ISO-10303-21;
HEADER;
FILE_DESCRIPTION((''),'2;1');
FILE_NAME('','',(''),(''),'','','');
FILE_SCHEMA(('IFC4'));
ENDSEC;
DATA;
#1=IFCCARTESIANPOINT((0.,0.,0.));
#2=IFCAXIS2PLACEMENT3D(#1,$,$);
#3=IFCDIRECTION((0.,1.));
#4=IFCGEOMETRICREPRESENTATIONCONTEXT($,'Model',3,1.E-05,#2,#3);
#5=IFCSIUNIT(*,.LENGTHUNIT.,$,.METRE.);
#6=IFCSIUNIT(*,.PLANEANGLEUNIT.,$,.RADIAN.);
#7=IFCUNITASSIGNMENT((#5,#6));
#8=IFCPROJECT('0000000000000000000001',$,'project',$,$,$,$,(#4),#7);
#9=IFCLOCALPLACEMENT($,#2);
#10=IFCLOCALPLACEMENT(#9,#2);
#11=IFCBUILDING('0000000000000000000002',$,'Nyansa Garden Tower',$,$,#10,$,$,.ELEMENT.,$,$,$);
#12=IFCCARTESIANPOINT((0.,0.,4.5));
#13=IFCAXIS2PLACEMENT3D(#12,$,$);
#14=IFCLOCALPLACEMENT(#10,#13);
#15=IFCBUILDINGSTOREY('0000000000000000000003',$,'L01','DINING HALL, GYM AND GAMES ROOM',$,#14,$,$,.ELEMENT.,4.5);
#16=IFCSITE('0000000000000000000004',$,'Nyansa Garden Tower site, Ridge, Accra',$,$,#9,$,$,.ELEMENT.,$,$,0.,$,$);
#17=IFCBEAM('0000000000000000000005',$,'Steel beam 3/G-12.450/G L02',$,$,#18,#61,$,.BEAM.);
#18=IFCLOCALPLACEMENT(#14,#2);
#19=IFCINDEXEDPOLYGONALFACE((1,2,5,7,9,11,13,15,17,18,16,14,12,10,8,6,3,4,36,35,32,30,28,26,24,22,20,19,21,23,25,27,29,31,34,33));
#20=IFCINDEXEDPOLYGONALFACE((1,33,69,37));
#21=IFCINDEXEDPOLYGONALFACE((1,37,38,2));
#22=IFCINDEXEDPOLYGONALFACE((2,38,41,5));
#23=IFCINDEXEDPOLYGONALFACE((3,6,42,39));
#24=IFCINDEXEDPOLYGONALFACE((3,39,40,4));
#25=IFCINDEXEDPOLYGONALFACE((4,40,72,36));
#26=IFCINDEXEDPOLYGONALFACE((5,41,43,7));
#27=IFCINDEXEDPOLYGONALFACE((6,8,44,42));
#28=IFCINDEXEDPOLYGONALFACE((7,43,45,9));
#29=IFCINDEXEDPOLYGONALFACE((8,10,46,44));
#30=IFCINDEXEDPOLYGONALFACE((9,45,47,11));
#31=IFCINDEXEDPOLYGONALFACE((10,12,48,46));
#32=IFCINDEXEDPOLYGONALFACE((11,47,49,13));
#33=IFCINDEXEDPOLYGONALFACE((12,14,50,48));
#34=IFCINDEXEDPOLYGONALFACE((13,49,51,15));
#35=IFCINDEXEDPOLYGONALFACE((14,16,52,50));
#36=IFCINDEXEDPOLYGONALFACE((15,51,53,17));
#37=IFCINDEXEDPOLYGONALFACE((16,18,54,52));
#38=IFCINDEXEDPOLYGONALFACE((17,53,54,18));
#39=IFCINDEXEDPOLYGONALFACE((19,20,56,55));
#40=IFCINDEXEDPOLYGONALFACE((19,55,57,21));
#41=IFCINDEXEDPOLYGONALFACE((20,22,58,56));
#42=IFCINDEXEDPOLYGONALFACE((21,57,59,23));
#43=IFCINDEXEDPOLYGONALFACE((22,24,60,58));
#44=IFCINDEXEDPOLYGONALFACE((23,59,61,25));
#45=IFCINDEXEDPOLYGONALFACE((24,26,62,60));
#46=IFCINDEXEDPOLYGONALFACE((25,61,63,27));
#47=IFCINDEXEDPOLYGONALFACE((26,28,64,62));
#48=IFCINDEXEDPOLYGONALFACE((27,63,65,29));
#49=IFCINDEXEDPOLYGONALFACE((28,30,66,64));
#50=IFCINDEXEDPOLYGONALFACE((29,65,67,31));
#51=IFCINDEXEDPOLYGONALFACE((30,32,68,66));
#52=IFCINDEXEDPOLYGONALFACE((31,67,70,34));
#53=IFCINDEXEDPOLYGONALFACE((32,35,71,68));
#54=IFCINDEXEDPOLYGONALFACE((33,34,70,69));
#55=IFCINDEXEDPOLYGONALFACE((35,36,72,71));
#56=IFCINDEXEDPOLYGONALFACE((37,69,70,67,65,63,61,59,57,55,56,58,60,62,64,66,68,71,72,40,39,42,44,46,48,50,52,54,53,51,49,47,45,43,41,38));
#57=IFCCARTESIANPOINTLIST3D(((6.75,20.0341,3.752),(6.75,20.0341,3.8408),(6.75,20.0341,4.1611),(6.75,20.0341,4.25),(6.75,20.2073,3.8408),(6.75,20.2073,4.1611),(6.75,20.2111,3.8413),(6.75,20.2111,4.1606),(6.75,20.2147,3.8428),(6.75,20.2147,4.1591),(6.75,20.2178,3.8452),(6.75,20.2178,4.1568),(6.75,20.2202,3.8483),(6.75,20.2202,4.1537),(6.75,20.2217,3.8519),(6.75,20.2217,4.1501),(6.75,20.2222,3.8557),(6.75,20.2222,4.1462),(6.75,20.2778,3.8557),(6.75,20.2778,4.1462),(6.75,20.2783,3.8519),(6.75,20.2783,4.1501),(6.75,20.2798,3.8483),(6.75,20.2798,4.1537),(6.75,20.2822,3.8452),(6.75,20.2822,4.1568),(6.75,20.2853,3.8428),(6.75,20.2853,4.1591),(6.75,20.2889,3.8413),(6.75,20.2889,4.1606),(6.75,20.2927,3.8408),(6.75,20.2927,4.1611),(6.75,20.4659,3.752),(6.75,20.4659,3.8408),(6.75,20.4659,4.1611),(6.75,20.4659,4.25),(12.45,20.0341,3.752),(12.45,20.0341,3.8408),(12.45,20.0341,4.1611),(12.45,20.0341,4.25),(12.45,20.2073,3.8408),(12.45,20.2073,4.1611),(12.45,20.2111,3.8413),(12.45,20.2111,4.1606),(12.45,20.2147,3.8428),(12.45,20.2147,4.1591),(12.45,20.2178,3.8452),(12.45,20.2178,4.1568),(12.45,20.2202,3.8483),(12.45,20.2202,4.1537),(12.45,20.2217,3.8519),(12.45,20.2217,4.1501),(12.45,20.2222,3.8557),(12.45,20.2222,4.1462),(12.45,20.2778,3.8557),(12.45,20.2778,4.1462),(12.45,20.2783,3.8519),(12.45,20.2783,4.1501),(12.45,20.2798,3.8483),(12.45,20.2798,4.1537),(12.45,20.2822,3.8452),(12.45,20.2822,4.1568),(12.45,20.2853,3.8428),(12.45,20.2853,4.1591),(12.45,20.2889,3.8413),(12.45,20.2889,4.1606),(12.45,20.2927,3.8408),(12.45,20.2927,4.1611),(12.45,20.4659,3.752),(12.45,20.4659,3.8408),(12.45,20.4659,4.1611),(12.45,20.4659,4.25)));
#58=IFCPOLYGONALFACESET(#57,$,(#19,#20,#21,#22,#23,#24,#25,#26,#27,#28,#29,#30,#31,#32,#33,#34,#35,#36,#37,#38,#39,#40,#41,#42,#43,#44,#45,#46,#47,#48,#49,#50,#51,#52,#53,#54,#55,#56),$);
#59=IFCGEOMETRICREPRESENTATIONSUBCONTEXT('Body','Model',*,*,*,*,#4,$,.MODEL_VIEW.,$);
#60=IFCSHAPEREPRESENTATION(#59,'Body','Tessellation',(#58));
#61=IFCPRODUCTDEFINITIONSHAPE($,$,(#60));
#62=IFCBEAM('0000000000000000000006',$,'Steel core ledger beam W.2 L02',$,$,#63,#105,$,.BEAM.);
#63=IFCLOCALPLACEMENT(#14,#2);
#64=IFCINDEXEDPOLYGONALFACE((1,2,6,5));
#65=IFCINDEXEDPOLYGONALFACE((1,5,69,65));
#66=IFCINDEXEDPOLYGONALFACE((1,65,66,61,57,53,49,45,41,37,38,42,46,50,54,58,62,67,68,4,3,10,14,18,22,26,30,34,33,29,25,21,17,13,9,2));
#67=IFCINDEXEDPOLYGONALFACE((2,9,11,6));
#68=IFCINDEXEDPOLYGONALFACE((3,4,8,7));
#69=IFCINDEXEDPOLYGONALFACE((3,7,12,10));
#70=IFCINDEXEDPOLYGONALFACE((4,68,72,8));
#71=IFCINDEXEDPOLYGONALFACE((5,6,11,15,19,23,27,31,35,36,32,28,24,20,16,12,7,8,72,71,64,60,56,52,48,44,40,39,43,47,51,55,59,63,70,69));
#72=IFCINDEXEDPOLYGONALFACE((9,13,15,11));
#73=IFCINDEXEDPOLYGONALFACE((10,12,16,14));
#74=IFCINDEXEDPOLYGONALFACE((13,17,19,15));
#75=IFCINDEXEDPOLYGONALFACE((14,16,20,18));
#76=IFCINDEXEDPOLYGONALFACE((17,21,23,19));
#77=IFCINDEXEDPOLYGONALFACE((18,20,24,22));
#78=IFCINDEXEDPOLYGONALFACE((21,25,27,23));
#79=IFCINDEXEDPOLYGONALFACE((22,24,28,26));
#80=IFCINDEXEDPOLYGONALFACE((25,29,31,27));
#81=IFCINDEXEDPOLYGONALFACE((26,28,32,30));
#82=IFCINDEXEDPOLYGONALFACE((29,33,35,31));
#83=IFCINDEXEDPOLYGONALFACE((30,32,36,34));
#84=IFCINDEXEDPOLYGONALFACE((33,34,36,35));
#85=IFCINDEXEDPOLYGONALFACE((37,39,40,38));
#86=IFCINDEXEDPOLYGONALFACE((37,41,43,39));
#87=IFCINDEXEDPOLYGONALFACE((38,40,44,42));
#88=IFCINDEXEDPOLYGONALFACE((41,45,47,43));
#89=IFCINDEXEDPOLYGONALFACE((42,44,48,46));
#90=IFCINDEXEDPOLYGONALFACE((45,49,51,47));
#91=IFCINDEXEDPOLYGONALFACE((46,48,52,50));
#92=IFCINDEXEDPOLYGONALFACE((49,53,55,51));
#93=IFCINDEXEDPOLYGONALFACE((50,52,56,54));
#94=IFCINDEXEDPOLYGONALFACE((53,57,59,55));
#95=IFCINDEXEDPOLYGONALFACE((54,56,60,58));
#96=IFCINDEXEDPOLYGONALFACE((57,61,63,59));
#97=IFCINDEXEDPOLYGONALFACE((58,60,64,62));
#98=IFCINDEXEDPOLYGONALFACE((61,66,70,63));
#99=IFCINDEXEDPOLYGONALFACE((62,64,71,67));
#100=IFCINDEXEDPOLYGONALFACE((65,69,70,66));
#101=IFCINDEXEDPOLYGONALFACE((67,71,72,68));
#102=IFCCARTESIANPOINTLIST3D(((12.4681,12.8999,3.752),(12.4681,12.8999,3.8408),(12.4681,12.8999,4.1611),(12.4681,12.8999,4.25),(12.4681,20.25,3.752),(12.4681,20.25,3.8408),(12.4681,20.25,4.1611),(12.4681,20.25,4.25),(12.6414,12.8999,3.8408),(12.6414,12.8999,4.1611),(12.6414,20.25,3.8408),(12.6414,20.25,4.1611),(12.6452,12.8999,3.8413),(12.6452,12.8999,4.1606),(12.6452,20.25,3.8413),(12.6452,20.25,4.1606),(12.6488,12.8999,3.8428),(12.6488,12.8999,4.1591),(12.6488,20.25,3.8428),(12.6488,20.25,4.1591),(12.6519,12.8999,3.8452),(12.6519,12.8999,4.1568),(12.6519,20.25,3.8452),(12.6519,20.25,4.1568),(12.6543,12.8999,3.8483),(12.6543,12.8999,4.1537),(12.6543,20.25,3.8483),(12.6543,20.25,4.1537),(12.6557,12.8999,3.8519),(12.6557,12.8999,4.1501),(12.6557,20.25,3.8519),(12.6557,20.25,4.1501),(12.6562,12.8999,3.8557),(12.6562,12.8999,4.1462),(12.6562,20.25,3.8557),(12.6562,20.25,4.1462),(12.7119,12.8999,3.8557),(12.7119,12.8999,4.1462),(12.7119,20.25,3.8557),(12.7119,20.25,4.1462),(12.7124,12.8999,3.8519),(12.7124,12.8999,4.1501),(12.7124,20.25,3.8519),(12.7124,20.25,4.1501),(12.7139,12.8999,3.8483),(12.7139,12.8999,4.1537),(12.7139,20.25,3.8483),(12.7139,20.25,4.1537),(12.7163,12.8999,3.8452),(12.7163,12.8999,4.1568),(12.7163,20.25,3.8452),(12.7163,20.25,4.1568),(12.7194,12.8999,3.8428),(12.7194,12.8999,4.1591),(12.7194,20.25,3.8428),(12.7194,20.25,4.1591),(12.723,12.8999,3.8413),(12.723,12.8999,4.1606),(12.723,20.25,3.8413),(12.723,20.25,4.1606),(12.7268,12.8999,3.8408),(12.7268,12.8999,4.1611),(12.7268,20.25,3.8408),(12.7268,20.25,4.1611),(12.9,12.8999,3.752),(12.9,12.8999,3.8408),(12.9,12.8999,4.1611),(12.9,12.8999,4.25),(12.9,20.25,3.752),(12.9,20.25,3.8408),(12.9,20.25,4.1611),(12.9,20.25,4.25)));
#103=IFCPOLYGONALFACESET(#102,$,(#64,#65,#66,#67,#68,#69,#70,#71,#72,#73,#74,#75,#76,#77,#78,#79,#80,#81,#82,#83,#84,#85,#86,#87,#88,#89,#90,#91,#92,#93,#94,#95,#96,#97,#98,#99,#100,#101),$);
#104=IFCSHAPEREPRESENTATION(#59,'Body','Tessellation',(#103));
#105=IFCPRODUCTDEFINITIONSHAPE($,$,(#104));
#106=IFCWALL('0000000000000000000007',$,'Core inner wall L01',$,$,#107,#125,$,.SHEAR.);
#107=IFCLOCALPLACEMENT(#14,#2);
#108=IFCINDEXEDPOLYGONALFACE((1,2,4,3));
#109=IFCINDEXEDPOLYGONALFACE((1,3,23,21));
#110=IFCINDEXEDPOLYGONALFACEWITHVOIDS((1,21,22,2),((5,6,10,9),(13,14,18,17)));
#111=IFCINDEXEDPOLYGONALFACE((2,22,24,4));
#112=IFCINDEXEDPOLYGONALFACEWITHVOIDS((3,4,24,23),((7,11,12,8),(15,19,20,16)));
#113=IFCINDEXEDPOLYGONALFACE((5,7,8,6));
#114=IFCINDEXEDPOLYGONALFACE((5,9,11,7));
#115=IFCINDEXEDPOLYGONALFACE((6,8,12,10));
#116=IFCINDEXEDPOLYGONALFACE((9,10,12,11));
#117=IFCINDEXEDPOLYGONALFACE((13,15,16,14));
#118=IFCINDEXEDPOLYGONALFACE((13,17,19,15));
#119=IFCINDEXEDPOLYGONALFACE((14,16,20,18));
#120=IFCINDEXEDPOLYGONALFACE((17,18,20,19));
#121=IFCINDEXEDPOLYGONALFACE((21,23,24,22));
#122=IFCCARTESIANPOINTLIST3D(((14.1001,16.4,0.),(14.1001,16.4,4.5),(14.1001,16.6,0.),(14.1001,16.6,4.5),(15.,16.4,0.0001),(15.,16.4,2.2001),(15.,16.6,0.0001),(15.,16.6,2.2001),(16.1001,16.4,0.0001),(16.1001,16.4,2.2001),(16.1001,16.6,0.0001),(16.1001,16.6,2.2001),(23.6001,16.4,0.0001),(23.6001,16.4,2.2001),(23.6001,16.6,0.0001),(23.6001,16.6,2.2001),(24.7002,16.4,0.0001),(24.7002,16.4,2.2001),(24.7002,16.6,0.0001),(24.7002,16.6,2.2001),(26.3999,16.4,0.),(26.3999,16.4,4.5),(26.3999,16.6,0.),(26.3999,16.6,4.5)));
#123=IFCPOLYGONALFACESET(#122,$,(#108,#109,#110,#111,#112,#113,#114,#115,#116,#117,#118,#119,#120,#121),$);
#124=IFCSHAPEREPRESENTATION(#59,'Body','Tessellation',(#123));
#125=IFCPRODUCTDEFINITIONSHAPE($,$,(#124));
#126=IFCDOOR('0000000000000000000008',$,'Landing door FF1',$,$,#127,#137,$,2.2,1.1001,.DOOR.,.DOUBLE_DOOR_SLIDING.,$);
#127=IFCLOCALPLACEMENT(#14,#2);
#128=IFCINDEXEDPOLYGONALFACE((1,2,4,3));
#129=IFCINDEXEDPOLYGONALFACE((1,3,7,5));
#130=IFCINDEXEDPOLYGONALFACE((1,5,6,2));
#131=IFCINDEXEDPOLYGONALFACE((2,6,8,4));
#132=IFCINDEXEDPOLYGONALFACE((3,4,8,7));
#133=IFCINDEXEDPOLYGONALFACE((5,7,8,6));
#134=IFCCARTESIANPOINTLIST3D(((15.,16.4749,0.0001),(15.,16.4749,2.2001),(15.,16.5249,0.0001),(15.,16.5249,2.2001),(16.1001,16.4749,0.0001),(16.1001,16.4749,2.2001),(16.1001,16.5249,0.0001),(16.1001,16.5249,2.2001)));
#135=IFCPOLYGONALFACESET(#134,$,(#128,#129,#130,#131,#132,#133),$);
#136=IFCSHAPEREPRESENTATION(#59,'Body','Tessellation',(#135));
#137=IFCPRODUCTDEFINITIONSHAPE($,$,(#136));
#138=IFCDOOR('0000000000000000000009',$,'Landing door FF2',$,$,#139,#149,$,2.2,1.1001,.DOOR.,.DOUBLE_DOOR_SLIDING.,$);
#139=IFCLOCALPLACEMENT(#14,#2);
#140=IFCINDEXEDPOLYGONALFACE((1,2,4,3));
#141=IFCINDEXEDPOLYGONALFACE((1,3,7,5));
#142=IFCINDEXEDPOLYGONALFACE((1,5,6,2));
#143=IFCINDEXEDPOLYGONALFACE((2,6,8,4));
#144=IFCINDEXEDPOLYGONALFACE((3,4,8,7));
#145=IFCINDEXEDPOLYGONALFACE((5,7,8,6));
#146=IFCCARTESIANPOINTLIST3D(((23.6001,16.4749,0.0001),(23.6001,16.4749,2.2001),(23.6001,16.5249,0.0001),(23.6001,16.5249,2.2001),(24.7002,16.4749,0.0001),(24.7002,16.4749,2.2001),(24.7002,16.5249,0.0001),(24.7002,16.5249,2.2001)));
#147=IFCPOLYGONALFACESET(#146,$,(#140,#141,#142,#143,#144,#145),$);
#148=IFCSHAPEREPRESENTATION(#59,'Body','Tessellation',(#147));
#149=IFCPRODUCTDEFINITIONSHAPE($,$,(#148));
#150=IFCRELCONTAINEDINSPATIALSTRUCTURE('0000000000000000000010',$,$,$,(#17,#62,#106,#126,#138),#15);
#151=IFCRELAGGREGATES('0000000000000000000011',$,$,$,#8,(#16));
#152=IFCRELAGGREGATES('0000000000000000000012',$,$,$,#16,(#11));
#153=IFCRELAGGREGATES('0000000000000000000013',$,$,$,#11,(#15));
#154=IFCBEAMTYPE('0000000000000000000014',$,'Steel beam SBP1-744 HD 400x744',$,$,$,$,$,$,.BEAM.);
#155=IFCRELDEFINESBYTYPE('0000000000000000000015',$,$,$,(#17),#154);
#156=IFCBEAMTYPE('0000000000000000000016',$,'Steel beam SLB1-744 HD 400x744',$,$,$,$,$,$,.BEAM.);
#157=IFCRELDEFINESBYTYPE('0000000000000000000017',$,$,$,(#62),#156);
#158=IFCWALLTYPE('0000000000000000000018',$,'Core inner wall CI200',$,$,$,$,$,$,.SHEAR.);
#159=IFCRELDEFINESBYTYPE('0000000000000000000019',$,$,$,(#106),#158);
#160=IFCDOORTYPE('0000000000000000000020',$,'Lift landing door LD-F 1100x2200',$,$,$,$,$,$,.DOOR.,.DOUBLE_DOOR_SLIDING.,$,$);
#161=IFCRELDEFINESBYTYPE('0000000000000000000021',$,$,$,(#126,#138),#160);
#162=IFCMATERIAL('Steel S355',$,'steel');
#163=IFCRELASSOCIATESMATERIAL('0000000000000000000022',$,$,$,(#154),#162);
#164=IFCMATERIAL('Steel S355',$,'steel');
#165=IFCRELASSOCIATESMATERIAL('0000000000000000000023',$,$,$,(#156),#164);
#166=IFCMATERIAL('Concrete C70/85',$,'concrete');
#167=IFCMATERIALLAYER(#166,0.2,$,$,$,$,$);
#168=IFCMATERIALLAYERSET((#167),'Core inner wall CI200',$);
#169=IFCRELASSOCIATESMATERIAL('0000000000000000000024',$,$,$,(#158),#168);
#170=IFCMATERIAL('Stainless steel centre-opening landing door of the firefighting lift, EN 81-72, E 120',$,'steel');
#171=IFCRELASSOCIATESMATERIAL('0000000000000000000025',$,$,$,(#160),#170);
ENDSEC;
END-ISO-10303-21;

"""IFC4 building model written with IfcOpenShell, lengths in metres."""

from ifc_helpers import new_model, si_unit, direction, frame, frame_2d, origin, origin_2d, place, context, subcontext, project, spatial, rectangle, i_section, extrude, material, layer, layer_set, material_profile, profile_set, type_object, element, fill, save


model = new_model("IFC4")

# Units and contexts
model_context = context("Model", 3, precision=1e-05, world=origin(), true_north=direction((0.0, 1.0)))
body_context = subcontext(model_context, "Body", "Model", "MODEL_VIEW")
ifc_project = project(units=[si_unit("LENGTHUNIT", "METRE"), si_unit("PLANEANGLEUNIT", "RADIAN")], contexts=[model_context])

# Site, building, storey
site_placement = place(None, origin())
site = spatial("IfcSite", under=ifc_project, at=site_placement, Name="Nyansa Garden Tower site, Ridge, Accra", CompositionType="ELEMENT", RefElevation=0.0)
building_placement = place(site_placement, origin())
building = spatial("IfcBuilding", under=site, at=building_placement, Name="Nyansa Garden Tower", CompositionType="ELEMENT")
storey_placement = place(building_placement, frame((0.0, 0.0, 4.5)))
storey = spatial("IfcBuildingStorey", under=building, at=storey_placement, Name="L01", Description="DINING HALL, GYM AND GAMES ROOM", CompositionType="ELEMENT", Elevation=4.5)

# Beams
ifc_material_1 = material(Name="Steel S355", Category="steel")
ifc_material_profile_1 = material_profile(ifc_material_1, i_section(OverallWidth=0.4319, OverallDepth=0.498, WebThickness=0.0557, FlangeThickness=0.0889, FilletRadius=0.0149, at=origin_2d()), Name="HD 400x744")
ifc_profile_set_1 = profile_set([ifc_material_profile_1], Name="Steel S355")
beam_type_1 = type_object("IfcBeamType", Name="Steel beam SBP1-744 HD 400x744", PredefinedType="BEAM", material=ifc_profile_set_1)
beam_1_placement = place(storey_placement, frame((6.75, 20.25, 4.001), z_axis=(1.0, 0.0, 0.0), x_axis=(0.0, 1.0, 0.0)))
element("IfcBeam", 1, at=beam_1_placement, inside=storey, type_object=beam_type_1, Name="Steel beam 3/G-12.450/G L02", PredefinedType="BEAM", context=body_context, shape_type="SweptSolid", body=[
    extrude(i_section(OverallWidth=0.4319, OverallDepth=0.498, WebThickness=0.0557, FlangeThickness=0.0889, FilletRadius=0.0149, at=origin_2d()), origin(), (0.0, 0.0, 1.0), 5.7),
])
ifc_material_2 = material(Name="Steel S355", Category="steel")
ifc_material_profile_2 = material_profile(ifc_material_2, i_section(OverallWidth=0.4319, OverallDepth=0.498, WebThickness=0.0557, FlangeThickness=0.0889, FilletRadius=0.0149, at=origin_2d()), Name="HD 400x744")
ifc_profile_set_2 = profile_set([ifc_material_profile_2], Name="Steel S355")
beam_type_2 = type_object("IfcBeamType", Name="Steel beam SLB1-744 HD 400x744", PredefinedType="BEAM", material=ifc_profile_set_2)
beam_2_placement = place(storey_placement, frame((12.6841, 20.25, 4.001), z_axis=(0.0, -1.0, 0.0), x_axis=(1.0, 0.0, 0.0)))
element("IfcBeam", 2, at=beam_2_placement, inside=storey, type_object=beam_type_2, Name="Steel core ledger beam W.2 L02", PredefinedType="BEAM", context=body_context, shape_type="SweptSolid", body=[
    extrude(i_section(OverallWidth=0.4319, OverallDepth=0.498, WebThickness=0.0557, FlangeThickness=0.0889, FilletRadius=0.0149, at=origin_2d()), origin(), (0.0, 0.0, 1.0), 7.3501),
])

# Wall, openings, doors
ifc_material_3 = material(Name="Concrete C70/85", Category="concrete")
ifc_layer_1 = layer(ifc_material_3, 0.2)
ifc_layer_set_1 = layer_set([ifc_layer_1], Name="Core inner wall CI200")
wall_type_1 = type_object("IfcWallType", Name="Core inner wall CI200", PredefinedType="SHEAR", material=ifc_layer_set_1)
wall_1_placement = place(storey_placement, frame((14.1001, 16.5, 0.0), z_axis=(0.0, 0.0, 1.0), x_axis=(1.0, 0.0, 0.0)))
wall_1 = element("IfcWall", 3, at=wall_1_placement, inside=storey, type_object=wall_type_1, Name="Core inner wall L01", PredefinedType="SHEAR", context=body_context, shape_type="SweptSolid", body=[
    extrude(rectangle(XDim=12.2998, YDim=0.2, at=frame_2d((6.1499, 0.0))), origin(), (0.0, 0.0, 1.0), 4.5),
])
opening_1_placement = place(wall_1_placement, frame((0.8999, 0.0, 0.0)))
opening_1 = element("IfcOpeningElement", 4, at=opening_1_placement, cuts=wall_1, PredefinedType="OPENING", context=body_context, shape_type="SweptSolid", body=[
    extrude(rectangle(XDim=1.1001, YDim=2.2, at=frame_2d((0.55, 1.1001))), frame((0.0, 0.1099, 0.0), z_axis=(0.0, -1.0, 0.0), x_axis=(1.0, 0.0, 0.0)), (0.0, 0.0, 1.0), 0.22),
])
opening_2_placement = place(wall_1_placement, frame((9.5, 0.0, 0.0)))
opening_2 = element("IfcOpeningElement", 5, at=opening_2_placement, cuts=wall_1, PredefinedType="OPENING", context=body_context, shape_type="SweptSolid", body=[
    extrude(rectangle(XDim=1.1001, YDim=2.2, at=frame_2d((0.55, 1.1001))), frame((0.0, 0.1099, 0.0), z_axis=(0.0, -1.0, 0.0), x_axis=(1.0, 0.0, 0.0)), (0.0, 0.0, 1.0), 0.22),
])
ifc_material_4 = material(Name="Stainless steel centre-opening landing door of the firefighting lift, EN 81-72, E 120", Category="steel")
door_type_1 = type_object("IfcDoorType", Name="Lift landing door LD-F 1100x2200", OperationType="DOUBLE_DOOR_SLIDING", PredefinedType="DOOR", material=ifc_material_4)
door_1_placement = place(opening_1_placement, origin())
door_1 = element("IfcDoor", 6, at=door_1_placement, inside=storey, type_object=door_type_1, Name="Landing door FF1", OperationType="DOUBLE_DOOR_SLIDING", OverallHeight=2.2, OverallWidth=1.1001, PredefinedType="DOOR", context=body_context, shape_type="SweptSolid", body=[
    extrude(rectangle(XDim=1.1001, YDim=2.2, at=frame_2d((0.55, 1.1001))), frame((0.0, 0.0249, 0.0), z_axis=(0.0, -1.0, 0.0), x_axis=(1.0, 0.0, 0.0)), (0.0, 0.0, 1.0), 0.05),
])
fill(opening_1, door_1)
door_2_placement = place(opening_2_placement, origin())
door_2 = element("IfcDoor", 7, at=door_2_placement, inside=storey, type_object=door_type_1, Name="Landing door FF2", OperationType="DOUBLE_DOOR_SLIDING", OverallHeight=2.2, OverallWidth=1.1001, PredefinedType="DOOR", context=body_context, shape_type="SweptSolid", body=[
    extrude(rectangle(XDim=1.1001, YDim=2.2, at=frame_2d((0.55, 1.1001))), frame((0.0, 0.0249, 0.0), z_axis=(0.0, -1.0, 0.0), x_axis=(1.0, 0.0, 0.0)), (0.0, 0.0, 1.0), 0.05),
])
fill(opening_2, door_2)

save(model, "model.ifc")
